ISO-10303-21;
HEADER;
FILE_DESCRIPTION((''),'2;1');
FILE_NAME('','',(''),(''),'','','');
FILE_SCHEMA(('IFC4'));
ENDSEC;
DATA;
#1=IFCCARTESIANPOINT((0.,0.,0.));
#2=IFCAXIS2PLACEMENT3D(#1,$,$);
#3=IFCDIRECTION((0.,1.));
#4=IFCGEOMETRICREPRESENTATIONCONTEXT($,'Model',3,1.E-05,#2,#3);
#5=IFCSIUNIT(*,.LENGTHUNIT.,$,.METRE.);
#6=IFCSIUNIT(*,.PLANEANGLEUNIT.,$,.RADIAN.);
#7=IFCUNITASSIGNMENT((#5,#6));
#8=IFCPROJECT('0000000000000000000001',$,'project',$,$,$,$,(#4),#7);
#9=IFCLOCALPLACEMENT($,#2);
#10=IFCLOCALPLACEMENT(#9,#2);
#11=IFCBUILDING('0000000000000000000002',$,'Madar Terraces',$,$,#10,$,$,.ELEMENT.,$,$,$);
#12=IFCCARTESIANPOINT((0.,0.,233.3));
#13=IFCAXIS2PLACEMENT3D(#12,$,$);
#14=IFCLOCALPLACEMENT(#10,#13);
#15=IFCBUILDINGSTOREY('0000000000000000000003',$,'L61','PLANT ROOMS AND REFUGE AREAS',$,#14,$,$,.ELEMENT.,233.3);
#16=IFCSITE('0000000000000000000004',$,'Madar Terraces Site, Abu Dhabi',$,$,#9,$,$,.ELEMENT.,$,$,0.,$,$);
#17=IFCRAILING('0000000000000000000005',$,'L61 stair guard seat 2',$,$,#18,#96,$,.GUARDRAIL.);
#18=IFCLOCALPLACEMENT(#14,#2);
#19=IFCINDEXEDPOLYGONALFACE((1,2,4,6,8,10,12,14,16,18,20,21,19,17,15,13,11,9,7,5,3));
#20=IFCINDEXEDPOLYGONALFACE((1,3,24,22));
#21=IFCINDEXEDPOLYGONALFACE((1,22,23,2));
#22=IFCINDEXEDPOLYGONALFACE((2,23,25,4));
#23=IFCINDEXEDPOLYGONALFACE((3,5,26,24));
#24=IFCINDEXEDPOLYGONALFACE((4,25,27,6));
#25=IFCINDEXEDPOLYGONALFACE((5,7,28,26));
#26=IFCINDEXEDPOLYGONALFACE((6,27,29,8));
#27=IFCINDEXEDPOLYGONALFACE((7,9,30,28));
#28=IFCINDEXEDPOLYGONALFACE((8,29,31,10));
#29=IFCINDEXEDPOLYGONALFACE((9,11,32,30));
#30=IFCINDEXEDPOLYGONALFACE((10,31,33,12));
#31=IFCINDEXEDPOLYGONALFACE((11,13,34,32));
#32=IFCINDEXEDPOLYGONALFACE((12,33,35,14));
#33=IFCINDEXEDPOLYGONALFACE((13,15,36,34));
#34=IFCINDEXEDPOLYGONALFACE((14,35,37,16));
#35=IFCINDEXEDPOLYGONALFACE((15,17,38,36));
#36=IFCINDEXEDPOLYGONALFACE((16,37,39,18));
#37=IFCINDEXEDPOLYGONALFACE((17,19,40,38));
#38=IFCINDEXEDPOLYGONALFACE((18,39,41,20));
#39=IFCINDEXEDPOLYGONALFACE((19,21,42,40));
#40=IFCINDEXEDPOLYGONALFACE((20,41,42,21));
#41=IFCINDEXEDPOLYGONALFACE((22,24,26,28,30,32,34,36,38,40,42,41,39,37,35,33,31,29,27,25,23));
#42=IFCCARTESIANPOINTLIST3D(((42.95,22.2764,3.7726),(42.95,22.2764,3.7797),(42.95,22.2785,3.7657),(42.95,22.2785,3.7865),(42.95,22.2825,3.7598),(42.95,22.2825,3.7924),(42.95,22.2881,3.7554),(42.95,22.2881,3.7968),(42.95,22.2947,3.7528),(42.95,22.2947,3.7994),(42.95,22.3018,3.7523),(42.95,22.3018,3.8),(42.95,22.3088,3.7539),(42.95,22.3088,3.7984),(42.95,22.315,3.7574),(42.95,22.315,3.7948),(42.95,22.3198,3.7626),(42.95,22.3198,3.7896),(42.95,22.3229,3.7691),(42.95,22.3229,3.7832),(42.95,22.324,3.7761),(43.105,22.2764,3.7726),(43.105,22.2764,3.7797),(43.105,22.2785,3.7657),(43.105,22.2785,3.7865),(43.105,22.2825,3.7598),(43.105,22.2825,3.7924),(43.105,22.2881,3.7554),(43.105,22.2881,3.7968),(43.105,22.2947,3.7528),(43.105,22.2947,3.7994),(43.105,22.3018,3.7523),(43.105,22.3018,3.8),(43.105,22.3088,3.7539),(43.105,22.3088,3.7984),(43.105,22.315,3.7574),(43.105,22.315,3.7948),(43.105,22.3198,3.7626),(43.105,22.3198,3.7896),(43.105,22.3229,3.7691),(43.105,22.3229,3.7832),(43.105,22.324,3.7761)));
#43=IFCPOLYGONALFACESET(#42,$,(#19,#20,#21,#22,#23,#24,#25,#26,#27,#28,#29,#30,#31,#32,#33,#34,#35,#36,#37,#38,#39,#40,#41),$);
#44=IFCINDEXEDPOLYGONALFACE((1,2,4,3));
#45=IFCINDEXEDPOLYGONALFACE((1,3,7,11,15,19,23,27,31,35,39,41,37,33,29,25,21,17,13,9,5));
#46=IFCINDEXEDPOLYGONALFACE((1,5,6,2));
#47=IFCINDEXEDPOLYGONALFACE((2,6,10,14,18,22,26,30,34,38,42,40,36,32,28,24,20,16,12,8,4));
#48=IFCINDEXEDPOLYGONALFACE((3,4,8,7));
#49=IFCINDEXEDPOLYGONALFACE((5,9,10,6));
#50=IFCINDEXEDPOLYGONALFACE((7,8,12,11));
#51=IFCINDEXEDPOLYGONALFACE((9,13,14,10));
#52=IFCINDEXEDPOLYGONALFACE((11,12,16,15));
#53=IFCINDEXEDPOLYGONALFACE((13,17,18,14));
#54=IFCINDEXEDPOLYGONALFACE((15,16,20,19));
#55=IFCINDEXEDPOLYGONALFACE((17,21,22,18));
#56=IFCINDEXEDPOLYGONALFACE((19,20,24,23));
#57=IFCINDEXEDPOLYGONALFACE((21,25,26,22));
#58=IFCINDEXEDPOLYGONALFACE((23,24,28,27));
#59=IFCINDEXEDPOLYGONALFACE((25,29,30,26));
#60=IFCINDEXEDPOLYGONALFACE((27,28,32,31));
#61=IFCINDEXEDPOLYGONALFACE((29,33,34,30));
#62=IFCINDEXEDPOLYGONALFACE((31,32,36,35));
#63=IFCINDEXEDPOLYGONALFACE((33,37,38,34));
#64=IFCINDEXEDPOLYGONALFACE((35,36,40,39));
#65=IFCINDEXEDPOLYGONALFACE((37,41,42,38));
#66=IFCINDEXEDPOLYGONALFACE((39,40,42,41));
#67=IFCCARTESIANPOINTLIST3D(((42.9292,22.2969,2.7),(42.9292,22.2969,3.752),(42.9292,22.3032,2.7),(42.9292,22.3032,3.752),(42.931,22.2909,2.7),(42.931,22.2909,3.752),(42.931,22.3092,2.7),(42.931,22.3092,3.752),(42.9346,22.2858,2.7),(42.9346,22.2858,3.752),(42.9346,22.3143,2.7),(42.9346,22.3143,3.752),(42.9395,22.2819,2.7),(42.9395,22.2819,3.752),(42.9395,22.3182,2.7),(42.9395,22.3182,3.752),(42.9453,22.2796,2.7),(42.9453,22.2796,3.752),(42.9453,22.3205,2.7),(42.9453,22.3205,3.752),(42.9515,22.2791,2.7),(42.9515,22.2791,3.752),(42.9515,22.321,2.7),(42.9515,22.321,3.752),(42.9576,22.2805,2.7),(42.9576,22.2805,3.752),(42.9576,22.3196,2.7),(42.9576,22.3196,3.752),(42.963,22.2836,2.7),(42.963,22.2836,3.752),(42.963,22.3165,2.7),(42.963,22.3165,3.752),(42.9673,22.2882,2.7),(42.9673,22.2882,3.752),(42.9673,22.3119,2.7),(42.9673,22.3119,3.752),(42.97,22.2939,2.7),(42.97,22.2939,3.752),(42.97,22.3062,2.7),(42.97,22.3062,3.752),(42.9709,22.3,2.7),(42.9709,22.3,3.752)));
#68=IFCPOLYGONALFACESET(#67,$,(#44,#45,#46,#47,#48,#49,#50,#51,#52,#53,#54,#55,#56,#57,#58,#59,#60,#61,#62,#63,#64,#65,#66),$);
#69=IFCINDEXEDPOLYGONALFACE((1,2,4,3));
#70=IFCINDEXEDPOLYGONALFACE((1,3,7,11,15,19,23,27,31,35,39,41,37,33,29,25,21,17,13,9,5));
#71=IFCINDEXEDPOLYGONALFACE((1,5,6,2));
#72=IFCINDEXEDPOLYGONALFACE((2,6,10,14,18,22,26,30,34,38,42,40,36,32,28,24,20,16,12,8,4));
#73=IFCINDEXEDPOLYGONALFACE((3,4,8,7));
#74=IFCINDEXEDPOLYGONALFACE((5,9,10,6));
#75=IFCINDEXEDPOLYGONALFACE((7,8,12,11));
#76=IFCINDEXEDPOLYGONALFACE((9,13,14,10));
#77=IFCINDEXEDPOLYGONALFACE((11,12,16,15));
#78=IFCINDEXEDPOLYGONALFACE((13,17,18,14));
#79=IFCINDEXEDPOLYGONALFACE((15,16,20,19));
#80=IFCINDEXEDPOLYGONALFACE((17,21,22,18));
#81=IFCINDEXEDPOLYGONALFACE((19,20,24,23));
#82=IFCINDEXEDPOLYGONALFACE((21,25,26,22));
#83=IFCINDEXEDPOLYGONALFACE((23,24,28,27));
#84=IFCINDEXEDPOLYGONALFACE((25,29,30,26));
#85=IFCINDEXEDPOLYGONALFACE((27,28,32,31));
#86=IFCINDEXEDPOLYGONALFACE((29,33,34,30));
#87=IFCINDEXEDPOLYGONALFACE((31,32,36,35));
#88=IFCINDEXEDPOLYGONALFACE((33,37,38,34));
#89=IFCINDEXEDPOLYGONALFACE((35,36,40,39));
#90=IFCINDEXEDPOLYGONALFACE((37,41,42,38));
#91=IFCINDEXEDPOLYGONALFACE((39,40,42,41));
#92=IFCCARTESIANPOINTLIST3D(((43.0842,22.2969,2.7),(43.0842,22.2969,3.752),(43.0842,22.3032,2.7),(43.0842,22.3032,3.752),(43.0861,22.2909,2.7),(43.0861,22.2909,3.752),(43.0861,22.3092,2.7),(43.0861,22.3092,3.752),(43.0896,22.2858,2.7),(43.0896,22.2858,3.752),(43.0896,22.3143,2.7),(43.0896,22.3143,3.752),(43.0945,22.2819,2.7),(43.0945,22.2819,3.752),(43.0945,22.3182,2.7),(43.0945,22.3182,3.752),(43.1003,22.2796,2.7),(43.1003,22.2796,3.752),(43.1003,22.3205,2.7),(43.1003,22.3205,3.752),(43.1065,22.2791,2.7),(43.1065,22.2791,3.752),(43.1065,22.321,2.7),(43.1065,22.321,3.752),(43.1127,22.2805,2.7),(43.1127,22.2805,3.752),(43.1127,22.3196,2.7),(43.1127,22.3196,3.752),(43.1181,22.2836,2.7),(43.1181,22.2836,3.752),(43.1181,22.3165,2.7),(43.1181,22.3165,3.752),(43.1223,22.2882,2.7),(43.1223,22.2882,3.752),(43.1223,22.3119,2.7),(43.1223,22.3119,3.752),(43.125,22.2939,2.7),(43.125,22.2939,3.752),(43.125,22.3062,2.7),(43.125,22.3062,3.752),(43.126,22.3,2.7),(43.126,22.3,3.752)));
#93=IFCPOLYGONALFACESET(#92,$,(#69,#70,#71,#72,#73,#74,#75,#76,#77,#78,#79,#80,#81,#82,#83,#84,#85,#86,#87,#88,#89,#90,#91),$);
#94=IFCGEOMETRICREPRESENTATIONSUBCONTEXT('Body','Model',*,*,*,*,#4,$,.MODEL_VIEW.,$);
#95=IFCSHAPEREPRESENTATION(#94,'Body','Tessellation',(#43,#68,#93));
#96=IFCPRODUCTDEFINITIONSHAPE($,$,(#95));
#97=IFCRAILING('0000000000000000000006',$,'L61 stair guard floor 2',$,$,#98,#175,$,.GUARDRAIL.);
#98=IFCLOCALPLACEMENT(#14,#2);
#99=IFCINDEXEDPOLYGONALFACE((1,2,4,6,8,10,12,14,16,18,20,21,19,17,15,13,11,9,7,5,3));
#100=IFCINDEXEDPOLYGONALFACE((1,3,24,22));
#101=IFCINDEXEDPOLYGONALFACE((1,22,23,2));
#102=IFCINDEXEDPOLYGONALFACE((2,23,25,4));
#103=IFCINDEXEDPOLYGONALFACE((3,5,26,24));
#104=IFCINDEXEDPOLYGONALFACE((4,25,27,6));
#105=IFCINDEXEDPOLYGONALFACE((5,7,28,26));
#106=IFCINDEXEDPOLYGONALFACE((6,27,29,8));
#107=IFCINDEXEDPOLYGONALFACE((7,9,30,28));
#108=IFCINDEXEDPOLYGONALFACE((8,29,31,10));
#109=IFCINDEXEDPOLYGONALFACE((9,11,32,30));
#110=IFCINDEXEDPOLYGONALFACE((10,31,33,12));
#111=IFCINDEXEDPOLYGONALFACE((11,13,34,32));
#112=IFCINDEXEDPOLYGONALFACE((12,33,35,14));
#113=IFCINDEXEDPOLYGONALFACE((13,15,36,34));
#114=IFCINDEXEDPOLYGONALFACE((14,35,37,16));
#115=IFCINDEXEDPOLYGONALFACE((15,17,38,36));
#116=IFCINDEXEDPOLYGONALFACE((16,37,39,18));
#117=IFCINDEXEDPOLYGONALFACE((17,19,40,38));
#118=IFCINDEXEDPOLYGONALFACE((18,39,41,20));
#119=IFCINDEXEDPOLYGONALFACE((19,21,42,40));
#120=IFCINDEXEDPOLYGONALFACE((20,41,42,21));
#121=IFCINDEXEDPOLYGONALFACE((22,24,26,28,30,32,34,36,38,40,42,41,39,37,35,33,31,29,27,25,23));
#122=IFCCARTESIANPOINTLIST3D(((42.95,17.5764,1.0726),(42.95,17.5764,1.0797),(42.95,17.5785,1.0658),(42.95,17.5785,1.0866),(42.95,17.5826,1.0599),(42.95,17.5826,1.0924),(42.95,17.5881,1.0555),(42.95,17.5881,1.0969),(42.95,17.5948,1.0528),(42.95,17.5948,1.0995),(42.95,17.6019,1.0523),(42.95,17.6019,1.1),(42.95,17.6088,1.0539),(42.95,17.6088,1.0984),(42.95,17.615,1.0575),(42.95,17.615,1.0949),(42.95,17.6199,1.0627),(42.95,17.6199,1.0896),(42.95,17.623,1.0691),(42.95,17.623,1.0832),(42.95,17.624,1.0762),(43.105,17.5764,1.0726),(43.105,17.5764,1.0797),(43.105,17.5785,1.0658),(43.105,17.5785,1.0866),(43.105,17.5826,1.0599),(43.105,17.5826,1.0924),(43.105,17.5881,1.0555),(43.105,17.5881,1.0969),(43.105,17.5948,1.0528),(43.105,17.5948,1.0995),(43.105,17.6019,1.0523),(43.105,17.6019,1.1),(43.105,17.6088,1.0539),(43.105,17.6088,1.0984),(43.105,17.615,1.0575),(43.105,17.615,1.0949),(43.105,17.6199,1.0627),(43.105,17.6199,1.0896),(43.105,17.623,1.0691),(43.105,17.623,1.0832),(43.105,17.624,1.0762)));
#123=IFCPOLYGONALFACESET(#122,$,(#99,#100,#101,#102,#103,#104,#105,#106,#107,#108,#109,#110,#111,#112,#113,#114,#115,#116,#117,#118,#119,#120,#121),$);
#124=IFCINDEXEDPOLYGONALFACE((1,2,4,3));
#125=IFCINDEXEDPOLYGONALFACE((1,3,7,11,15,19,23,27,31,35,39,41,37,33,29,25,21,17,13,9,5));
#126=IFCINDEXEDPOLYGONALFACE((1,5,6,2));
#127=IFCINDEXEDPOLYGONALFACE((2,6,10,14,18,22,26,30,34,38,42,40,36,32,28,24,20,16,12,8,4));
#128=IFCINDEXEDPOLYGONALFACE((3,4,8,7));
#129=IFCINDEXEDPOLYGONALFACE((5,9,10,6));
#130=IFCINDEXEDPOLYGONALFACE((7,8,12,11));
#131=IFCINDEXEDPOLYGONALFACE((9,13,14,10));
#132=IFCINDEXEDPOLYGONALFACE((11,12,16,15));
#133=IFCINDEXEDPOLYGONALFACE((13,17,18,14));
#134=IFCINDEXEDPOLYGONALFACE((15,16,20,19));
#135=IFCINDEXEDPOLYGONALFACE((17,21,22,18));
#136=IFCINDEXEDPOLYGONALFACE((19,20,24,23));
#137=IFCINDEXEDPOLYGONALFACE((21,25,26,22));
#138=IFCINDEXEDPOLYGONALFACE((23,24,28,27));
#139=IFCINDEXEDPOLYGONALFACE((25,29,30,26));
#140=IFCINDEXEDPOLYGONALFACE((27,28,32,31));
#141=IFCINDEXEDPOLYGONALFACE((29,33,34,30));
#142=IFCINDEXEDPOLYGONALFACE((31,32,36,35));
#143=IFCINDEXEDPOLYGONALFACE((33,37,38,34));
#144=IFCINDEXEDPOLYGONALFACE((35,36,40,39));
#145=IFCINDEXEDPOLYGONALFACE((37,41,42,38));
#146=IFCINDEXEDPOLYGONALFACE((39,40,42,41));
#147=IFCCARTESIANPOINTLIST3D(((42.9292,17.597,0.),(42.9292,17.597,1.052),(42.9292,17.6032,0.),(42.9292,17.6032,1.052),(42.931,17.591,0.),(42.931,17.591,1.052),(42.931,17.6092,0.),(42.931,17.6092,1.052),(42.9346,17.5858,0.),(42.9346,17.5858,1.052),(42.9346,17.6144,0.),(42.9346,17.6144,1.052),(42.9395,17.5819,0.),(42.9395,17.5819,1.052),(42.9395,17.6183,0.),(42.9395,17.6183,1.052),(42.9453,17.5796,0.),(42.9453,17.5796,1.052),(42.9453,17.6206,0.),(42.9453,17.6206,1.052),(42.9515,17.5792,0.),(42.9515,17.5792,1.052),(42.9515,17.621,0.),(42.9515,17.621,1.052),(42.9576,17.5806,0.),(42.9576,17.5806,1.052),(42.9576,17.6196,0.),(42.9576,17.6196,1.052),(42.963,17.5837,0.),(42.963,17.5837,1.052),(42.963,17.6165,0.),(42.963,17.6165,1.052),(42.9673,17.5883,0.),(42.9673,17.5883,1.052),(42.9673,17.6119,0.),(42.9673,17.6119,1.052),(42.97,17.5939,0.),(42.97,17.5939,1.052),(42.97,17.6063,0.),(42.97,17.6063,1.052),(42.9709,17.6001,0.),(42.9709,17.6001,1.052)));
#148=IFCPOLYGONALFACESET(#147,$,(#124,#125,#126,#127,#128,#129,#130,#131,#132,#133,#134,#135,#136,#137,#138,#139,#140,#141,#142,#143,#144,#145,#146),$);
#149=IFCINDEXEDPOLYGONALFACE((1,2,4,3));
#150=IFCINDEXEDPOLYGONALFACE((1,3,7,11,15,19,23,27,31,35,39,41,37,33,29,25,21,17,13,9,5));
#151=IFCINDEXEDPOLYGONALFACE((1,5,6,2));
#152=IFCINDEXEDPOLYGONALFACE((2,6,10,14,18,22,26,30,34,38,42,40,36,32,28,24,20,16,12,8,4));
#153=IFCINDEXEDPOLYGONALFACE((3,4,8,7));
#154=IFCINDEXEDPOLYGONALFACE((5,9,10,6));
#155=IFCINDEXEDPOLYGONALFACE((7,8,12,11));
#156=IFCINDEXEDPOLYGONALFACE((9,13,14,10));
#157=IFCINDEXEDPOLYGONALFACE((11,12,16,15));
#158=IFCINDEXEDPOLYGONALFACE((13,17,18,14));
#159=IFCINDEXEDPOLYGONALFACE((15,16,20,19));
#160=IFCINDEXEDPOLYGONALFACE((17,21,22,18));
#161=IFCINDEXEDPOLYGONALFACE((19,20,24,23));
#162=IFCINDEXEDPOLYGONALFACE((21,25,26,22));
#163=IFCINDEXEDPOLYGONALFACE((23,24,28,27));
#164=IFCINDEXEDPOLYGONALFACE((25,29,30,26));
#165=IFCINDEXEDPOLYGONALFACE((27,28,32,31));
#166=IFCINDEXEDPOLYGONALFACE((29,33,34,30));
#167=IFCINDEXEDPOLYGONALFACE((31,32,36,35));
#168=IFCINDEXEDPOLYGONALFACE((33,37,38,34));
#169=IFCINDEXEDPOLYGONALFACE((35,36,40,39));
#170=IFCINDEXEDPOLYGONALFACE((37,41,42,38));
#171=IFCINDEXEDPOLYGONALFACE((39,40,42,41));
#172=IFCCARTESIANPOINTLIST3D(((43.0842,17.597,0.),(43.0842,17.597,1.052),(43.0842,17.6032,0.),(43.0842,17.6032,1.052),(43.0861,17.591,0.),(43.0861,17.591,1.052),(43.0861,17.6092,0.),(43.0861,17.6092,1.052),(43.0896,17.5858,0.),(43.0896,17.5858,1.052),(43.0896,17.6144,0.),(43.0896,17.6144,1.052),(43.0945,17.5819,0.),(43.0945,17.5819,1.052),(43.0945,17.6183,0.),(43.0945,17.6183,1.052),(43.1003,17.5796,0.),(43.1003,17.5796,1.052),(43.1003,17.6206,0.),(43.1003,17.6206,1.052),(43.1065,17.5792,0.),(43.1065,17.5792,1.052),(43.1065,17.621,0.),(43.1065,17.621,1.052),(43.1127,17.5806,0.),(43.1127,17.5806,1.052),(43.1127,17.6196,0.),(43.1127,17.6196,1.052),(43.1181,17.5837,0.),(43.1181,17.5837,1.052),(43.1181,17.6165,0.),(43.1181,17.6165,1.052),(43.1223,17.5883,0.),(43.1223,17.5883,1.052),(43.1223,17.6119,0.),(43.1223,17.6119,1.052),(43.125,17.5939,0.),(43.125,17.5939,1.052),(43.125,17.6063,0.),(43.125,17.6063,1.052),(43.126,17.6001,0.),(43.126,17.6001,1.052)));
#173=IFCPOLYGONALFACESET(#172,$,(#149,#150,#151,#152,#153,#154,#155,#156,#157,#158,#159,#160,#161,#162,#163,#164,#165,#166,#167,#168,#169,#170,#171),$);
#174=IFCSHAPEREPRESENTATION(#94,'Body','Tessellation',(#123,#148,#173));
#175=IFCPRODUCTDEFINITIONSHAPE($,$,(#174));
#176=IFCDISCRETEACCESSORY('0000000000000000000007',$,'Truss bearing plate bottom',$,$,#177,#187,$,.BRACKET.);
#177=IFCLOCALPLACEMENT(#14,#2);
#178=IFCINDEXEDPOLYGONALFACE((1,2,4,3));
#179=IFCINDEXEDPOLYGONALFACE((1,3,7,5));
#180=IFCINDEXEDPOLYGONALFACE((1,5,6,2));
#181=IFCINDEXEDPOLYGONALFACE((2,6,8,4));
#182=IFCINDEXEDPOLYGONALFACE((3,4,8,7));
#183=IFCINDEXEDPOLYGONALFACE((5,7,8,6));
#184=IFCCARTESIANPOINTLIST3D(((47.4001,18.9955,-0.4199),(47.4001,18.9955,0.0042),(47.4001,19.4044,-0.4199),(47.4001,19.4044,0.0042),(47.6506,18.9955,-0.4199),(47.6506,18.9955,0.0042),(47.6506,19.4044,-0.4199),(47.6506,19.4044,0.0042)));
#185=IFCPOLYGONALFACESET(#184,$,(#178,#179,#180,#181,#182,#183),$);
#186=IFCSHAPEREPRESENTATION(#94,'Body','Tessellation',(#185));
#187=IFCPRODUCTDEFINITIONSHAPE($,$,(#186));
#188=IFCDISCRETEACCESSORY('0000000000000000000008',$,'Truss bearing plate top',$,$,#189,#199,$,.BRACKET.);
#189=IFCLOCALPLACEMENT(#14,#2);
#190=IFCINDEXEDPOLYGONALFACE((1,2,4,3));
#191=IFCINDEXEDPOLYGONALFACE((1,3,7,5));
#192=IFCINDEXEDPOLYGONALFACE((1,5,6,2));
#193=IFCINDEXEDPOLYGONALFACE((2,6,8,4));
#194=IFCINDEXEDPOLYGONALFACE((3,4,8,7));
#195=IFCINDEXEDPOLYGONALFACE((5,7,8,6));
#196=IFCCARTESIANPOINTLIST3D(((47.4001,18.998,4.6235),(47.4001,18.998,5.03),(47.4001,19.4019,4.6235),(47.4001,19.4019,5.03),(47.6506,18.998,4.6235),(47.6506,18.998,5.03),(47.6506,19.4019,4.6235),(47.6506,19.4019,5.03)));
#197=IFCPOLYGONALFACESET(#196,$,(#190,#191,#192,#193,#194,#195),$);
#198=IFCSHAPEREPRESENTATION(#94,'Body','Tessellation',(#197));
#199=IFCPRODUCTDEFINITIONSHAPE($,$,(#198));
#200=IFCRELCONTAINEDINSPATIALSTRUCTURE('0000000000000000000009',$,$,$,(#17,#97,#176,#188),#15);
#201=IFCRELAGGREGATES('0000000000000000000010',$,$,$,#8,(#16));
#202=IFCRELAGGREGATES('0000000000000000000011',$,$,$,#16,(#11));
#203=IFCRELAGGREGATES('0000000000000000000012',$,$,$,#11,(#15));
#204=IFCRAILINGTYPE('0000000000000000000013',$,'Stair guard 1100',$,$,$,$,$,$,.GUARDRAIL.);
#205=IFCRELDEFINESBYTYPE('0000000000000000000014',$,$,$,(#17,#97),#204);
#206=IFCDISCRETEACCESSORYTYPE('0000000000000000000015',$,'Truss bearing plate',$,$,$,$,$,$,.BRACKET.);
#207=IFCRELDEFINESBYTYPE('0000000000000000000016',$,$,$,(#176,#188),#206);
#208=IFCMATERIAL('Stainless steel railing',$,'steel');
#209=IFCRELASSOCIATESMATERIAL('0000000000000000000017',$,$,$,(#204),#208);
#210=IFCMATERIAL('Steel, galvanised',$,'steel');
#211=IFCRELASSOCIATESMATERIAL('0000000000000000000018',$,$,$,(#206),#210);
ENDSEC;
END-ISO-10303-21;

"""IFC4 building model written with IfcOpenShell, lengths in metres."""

from ifc_helpers import new_model, si_unit, direction, frame, origin, origin_2d, place, context, subcontext, project, spatial, rectangle, circle, extrude, material, type_object, element, save


model = new_model("IFC4")

# Units and contexts
model_context = context("Model", 3, precision=1e-05, world=origin(), true_north=direction((0.0, 1.0)))
body_context = subcontext(model_context, "Body", "Model", "MODEL_VIEW")
ifc_project = project(units=[si_unit("LENGTHUNIT", "METRE"), si_unit("PLANEANGLEUNIT", "RADIAN")], contexts=[model_context])

# Site, building, storey
site_placement = place(None, origin())
site = spatial("IfcSite", under=ifc_project, at=site_placement, Name="Madar Terraces Site, Abu Dhabi", CompositionType="ELEMENT", RefElevation=0.0)
building_placement = place(site_placement, origin())
building = spatial("IfcBuilding", under=site, at=building_placement, Name="Madar Terraces", CompositionType="ELEMENT")
storey_placement = place(building_placement, frame((0.0, 0.0, 233.3)))
storey = spatial("IfcBuildingStorey", under=building, at=storey_placement, Name="L61", Description="PLANT ROOMS AND REFUGE AREAS", CompositionType="ELEMENT", Elevation=233.3)

# Railings
ifc_material_1 = material(Name="Stainless steel railing", Category="steel")
railing_type_1 = type_object("IfcRailingType", Name="Stair guard 1100", PredefinedType="GUARDRAIL", material=ifc_material_1)
for number, where, name in (
    (1, (42.95, 22.3, 2.7), "L61 stair guard seat 2"),
    (2, (42.95, 17.6001, 0.0), "L61 stair guard floor 2"),
):
    element("IfcRailing", number, at=place(storey_placement, frame(where)), inside=storey, type_object=railing_type_1, Name=name, PredefinedType="GUARDRAIL", context=body_context, shape_type="SweptSolid", body=[
        extrude(circle(Radius=0.0239, at=origin_2d()), frame((0.0, 0.0, 1.0762), z_axis=(1.0, 0.0, 0.0), x_axis=(0.0, 1.0, 0.0)), (0.0, 0.0, 1.0), 0.155),
        extrude(circle(Radius=0.021, at=origin_2d()), origin(), (0.0, 0.0, 1.0), 1.052),
        extrude(circle(Radius=0.021, at=origin_2d()), frame((0.155, 0.0, 0.0)), (0.0, 0.0, 1.0), 1.052),
    ])

# Discrete accessories
ifc_material_2 = material(Name="Steel, galvanised", Category="steel")
discrete_accessory_type = type_object("IfcDiscreteAccessoryType", Name="Truss bearing plate", PredefinedType="BRACKET", material=ifc_material_2)
discrete_accessory_1_placement = place(storey_placement, frame((47.5254, 19.2, -0.4199), z_axis=(0.0, 0.0, 1.0), x_axis=(1.0, 0.0, 0.0)))
element("IfcDiscreteAccessory", 3, at=discrete_accessory_1_placement, inside=storey, type_object=discrete_accessory_type, Name="Truss bearing plate bottom", PredefinedType="BRACKET", context=body_context, shape_type="SweptSolid", body=[
    extrude(rectangle(XDim=0.2505, YDim=0.4089, at=origin_2d()), origin(), (0.0, 0.0, 1.0), 0.4241),
])
discrete_accessory_2_placement = place(storey_placement, frame((47.5254, 19.2, 4.6235), z_axis=(0.0, 0.0, 1.0), x_axis=(1.0, 0.0, 0.0)))
element("IfcDiscreteAccessory", 4, at=discrete_accessory_2_placement, inside=storey, type_object=discrete_accessory_type, Name="Truss bearing plate top", PredefinedType="BRACKET", context=body_context, shape_type="SweptSolid", body=[
    extrude(rectangle(XDim=0.2505, YDim=0.4038, at=origin_2d()), origin(), (0.0, 0.0, 1.0), 0.4065),
])

save(model, "model.ifc")
